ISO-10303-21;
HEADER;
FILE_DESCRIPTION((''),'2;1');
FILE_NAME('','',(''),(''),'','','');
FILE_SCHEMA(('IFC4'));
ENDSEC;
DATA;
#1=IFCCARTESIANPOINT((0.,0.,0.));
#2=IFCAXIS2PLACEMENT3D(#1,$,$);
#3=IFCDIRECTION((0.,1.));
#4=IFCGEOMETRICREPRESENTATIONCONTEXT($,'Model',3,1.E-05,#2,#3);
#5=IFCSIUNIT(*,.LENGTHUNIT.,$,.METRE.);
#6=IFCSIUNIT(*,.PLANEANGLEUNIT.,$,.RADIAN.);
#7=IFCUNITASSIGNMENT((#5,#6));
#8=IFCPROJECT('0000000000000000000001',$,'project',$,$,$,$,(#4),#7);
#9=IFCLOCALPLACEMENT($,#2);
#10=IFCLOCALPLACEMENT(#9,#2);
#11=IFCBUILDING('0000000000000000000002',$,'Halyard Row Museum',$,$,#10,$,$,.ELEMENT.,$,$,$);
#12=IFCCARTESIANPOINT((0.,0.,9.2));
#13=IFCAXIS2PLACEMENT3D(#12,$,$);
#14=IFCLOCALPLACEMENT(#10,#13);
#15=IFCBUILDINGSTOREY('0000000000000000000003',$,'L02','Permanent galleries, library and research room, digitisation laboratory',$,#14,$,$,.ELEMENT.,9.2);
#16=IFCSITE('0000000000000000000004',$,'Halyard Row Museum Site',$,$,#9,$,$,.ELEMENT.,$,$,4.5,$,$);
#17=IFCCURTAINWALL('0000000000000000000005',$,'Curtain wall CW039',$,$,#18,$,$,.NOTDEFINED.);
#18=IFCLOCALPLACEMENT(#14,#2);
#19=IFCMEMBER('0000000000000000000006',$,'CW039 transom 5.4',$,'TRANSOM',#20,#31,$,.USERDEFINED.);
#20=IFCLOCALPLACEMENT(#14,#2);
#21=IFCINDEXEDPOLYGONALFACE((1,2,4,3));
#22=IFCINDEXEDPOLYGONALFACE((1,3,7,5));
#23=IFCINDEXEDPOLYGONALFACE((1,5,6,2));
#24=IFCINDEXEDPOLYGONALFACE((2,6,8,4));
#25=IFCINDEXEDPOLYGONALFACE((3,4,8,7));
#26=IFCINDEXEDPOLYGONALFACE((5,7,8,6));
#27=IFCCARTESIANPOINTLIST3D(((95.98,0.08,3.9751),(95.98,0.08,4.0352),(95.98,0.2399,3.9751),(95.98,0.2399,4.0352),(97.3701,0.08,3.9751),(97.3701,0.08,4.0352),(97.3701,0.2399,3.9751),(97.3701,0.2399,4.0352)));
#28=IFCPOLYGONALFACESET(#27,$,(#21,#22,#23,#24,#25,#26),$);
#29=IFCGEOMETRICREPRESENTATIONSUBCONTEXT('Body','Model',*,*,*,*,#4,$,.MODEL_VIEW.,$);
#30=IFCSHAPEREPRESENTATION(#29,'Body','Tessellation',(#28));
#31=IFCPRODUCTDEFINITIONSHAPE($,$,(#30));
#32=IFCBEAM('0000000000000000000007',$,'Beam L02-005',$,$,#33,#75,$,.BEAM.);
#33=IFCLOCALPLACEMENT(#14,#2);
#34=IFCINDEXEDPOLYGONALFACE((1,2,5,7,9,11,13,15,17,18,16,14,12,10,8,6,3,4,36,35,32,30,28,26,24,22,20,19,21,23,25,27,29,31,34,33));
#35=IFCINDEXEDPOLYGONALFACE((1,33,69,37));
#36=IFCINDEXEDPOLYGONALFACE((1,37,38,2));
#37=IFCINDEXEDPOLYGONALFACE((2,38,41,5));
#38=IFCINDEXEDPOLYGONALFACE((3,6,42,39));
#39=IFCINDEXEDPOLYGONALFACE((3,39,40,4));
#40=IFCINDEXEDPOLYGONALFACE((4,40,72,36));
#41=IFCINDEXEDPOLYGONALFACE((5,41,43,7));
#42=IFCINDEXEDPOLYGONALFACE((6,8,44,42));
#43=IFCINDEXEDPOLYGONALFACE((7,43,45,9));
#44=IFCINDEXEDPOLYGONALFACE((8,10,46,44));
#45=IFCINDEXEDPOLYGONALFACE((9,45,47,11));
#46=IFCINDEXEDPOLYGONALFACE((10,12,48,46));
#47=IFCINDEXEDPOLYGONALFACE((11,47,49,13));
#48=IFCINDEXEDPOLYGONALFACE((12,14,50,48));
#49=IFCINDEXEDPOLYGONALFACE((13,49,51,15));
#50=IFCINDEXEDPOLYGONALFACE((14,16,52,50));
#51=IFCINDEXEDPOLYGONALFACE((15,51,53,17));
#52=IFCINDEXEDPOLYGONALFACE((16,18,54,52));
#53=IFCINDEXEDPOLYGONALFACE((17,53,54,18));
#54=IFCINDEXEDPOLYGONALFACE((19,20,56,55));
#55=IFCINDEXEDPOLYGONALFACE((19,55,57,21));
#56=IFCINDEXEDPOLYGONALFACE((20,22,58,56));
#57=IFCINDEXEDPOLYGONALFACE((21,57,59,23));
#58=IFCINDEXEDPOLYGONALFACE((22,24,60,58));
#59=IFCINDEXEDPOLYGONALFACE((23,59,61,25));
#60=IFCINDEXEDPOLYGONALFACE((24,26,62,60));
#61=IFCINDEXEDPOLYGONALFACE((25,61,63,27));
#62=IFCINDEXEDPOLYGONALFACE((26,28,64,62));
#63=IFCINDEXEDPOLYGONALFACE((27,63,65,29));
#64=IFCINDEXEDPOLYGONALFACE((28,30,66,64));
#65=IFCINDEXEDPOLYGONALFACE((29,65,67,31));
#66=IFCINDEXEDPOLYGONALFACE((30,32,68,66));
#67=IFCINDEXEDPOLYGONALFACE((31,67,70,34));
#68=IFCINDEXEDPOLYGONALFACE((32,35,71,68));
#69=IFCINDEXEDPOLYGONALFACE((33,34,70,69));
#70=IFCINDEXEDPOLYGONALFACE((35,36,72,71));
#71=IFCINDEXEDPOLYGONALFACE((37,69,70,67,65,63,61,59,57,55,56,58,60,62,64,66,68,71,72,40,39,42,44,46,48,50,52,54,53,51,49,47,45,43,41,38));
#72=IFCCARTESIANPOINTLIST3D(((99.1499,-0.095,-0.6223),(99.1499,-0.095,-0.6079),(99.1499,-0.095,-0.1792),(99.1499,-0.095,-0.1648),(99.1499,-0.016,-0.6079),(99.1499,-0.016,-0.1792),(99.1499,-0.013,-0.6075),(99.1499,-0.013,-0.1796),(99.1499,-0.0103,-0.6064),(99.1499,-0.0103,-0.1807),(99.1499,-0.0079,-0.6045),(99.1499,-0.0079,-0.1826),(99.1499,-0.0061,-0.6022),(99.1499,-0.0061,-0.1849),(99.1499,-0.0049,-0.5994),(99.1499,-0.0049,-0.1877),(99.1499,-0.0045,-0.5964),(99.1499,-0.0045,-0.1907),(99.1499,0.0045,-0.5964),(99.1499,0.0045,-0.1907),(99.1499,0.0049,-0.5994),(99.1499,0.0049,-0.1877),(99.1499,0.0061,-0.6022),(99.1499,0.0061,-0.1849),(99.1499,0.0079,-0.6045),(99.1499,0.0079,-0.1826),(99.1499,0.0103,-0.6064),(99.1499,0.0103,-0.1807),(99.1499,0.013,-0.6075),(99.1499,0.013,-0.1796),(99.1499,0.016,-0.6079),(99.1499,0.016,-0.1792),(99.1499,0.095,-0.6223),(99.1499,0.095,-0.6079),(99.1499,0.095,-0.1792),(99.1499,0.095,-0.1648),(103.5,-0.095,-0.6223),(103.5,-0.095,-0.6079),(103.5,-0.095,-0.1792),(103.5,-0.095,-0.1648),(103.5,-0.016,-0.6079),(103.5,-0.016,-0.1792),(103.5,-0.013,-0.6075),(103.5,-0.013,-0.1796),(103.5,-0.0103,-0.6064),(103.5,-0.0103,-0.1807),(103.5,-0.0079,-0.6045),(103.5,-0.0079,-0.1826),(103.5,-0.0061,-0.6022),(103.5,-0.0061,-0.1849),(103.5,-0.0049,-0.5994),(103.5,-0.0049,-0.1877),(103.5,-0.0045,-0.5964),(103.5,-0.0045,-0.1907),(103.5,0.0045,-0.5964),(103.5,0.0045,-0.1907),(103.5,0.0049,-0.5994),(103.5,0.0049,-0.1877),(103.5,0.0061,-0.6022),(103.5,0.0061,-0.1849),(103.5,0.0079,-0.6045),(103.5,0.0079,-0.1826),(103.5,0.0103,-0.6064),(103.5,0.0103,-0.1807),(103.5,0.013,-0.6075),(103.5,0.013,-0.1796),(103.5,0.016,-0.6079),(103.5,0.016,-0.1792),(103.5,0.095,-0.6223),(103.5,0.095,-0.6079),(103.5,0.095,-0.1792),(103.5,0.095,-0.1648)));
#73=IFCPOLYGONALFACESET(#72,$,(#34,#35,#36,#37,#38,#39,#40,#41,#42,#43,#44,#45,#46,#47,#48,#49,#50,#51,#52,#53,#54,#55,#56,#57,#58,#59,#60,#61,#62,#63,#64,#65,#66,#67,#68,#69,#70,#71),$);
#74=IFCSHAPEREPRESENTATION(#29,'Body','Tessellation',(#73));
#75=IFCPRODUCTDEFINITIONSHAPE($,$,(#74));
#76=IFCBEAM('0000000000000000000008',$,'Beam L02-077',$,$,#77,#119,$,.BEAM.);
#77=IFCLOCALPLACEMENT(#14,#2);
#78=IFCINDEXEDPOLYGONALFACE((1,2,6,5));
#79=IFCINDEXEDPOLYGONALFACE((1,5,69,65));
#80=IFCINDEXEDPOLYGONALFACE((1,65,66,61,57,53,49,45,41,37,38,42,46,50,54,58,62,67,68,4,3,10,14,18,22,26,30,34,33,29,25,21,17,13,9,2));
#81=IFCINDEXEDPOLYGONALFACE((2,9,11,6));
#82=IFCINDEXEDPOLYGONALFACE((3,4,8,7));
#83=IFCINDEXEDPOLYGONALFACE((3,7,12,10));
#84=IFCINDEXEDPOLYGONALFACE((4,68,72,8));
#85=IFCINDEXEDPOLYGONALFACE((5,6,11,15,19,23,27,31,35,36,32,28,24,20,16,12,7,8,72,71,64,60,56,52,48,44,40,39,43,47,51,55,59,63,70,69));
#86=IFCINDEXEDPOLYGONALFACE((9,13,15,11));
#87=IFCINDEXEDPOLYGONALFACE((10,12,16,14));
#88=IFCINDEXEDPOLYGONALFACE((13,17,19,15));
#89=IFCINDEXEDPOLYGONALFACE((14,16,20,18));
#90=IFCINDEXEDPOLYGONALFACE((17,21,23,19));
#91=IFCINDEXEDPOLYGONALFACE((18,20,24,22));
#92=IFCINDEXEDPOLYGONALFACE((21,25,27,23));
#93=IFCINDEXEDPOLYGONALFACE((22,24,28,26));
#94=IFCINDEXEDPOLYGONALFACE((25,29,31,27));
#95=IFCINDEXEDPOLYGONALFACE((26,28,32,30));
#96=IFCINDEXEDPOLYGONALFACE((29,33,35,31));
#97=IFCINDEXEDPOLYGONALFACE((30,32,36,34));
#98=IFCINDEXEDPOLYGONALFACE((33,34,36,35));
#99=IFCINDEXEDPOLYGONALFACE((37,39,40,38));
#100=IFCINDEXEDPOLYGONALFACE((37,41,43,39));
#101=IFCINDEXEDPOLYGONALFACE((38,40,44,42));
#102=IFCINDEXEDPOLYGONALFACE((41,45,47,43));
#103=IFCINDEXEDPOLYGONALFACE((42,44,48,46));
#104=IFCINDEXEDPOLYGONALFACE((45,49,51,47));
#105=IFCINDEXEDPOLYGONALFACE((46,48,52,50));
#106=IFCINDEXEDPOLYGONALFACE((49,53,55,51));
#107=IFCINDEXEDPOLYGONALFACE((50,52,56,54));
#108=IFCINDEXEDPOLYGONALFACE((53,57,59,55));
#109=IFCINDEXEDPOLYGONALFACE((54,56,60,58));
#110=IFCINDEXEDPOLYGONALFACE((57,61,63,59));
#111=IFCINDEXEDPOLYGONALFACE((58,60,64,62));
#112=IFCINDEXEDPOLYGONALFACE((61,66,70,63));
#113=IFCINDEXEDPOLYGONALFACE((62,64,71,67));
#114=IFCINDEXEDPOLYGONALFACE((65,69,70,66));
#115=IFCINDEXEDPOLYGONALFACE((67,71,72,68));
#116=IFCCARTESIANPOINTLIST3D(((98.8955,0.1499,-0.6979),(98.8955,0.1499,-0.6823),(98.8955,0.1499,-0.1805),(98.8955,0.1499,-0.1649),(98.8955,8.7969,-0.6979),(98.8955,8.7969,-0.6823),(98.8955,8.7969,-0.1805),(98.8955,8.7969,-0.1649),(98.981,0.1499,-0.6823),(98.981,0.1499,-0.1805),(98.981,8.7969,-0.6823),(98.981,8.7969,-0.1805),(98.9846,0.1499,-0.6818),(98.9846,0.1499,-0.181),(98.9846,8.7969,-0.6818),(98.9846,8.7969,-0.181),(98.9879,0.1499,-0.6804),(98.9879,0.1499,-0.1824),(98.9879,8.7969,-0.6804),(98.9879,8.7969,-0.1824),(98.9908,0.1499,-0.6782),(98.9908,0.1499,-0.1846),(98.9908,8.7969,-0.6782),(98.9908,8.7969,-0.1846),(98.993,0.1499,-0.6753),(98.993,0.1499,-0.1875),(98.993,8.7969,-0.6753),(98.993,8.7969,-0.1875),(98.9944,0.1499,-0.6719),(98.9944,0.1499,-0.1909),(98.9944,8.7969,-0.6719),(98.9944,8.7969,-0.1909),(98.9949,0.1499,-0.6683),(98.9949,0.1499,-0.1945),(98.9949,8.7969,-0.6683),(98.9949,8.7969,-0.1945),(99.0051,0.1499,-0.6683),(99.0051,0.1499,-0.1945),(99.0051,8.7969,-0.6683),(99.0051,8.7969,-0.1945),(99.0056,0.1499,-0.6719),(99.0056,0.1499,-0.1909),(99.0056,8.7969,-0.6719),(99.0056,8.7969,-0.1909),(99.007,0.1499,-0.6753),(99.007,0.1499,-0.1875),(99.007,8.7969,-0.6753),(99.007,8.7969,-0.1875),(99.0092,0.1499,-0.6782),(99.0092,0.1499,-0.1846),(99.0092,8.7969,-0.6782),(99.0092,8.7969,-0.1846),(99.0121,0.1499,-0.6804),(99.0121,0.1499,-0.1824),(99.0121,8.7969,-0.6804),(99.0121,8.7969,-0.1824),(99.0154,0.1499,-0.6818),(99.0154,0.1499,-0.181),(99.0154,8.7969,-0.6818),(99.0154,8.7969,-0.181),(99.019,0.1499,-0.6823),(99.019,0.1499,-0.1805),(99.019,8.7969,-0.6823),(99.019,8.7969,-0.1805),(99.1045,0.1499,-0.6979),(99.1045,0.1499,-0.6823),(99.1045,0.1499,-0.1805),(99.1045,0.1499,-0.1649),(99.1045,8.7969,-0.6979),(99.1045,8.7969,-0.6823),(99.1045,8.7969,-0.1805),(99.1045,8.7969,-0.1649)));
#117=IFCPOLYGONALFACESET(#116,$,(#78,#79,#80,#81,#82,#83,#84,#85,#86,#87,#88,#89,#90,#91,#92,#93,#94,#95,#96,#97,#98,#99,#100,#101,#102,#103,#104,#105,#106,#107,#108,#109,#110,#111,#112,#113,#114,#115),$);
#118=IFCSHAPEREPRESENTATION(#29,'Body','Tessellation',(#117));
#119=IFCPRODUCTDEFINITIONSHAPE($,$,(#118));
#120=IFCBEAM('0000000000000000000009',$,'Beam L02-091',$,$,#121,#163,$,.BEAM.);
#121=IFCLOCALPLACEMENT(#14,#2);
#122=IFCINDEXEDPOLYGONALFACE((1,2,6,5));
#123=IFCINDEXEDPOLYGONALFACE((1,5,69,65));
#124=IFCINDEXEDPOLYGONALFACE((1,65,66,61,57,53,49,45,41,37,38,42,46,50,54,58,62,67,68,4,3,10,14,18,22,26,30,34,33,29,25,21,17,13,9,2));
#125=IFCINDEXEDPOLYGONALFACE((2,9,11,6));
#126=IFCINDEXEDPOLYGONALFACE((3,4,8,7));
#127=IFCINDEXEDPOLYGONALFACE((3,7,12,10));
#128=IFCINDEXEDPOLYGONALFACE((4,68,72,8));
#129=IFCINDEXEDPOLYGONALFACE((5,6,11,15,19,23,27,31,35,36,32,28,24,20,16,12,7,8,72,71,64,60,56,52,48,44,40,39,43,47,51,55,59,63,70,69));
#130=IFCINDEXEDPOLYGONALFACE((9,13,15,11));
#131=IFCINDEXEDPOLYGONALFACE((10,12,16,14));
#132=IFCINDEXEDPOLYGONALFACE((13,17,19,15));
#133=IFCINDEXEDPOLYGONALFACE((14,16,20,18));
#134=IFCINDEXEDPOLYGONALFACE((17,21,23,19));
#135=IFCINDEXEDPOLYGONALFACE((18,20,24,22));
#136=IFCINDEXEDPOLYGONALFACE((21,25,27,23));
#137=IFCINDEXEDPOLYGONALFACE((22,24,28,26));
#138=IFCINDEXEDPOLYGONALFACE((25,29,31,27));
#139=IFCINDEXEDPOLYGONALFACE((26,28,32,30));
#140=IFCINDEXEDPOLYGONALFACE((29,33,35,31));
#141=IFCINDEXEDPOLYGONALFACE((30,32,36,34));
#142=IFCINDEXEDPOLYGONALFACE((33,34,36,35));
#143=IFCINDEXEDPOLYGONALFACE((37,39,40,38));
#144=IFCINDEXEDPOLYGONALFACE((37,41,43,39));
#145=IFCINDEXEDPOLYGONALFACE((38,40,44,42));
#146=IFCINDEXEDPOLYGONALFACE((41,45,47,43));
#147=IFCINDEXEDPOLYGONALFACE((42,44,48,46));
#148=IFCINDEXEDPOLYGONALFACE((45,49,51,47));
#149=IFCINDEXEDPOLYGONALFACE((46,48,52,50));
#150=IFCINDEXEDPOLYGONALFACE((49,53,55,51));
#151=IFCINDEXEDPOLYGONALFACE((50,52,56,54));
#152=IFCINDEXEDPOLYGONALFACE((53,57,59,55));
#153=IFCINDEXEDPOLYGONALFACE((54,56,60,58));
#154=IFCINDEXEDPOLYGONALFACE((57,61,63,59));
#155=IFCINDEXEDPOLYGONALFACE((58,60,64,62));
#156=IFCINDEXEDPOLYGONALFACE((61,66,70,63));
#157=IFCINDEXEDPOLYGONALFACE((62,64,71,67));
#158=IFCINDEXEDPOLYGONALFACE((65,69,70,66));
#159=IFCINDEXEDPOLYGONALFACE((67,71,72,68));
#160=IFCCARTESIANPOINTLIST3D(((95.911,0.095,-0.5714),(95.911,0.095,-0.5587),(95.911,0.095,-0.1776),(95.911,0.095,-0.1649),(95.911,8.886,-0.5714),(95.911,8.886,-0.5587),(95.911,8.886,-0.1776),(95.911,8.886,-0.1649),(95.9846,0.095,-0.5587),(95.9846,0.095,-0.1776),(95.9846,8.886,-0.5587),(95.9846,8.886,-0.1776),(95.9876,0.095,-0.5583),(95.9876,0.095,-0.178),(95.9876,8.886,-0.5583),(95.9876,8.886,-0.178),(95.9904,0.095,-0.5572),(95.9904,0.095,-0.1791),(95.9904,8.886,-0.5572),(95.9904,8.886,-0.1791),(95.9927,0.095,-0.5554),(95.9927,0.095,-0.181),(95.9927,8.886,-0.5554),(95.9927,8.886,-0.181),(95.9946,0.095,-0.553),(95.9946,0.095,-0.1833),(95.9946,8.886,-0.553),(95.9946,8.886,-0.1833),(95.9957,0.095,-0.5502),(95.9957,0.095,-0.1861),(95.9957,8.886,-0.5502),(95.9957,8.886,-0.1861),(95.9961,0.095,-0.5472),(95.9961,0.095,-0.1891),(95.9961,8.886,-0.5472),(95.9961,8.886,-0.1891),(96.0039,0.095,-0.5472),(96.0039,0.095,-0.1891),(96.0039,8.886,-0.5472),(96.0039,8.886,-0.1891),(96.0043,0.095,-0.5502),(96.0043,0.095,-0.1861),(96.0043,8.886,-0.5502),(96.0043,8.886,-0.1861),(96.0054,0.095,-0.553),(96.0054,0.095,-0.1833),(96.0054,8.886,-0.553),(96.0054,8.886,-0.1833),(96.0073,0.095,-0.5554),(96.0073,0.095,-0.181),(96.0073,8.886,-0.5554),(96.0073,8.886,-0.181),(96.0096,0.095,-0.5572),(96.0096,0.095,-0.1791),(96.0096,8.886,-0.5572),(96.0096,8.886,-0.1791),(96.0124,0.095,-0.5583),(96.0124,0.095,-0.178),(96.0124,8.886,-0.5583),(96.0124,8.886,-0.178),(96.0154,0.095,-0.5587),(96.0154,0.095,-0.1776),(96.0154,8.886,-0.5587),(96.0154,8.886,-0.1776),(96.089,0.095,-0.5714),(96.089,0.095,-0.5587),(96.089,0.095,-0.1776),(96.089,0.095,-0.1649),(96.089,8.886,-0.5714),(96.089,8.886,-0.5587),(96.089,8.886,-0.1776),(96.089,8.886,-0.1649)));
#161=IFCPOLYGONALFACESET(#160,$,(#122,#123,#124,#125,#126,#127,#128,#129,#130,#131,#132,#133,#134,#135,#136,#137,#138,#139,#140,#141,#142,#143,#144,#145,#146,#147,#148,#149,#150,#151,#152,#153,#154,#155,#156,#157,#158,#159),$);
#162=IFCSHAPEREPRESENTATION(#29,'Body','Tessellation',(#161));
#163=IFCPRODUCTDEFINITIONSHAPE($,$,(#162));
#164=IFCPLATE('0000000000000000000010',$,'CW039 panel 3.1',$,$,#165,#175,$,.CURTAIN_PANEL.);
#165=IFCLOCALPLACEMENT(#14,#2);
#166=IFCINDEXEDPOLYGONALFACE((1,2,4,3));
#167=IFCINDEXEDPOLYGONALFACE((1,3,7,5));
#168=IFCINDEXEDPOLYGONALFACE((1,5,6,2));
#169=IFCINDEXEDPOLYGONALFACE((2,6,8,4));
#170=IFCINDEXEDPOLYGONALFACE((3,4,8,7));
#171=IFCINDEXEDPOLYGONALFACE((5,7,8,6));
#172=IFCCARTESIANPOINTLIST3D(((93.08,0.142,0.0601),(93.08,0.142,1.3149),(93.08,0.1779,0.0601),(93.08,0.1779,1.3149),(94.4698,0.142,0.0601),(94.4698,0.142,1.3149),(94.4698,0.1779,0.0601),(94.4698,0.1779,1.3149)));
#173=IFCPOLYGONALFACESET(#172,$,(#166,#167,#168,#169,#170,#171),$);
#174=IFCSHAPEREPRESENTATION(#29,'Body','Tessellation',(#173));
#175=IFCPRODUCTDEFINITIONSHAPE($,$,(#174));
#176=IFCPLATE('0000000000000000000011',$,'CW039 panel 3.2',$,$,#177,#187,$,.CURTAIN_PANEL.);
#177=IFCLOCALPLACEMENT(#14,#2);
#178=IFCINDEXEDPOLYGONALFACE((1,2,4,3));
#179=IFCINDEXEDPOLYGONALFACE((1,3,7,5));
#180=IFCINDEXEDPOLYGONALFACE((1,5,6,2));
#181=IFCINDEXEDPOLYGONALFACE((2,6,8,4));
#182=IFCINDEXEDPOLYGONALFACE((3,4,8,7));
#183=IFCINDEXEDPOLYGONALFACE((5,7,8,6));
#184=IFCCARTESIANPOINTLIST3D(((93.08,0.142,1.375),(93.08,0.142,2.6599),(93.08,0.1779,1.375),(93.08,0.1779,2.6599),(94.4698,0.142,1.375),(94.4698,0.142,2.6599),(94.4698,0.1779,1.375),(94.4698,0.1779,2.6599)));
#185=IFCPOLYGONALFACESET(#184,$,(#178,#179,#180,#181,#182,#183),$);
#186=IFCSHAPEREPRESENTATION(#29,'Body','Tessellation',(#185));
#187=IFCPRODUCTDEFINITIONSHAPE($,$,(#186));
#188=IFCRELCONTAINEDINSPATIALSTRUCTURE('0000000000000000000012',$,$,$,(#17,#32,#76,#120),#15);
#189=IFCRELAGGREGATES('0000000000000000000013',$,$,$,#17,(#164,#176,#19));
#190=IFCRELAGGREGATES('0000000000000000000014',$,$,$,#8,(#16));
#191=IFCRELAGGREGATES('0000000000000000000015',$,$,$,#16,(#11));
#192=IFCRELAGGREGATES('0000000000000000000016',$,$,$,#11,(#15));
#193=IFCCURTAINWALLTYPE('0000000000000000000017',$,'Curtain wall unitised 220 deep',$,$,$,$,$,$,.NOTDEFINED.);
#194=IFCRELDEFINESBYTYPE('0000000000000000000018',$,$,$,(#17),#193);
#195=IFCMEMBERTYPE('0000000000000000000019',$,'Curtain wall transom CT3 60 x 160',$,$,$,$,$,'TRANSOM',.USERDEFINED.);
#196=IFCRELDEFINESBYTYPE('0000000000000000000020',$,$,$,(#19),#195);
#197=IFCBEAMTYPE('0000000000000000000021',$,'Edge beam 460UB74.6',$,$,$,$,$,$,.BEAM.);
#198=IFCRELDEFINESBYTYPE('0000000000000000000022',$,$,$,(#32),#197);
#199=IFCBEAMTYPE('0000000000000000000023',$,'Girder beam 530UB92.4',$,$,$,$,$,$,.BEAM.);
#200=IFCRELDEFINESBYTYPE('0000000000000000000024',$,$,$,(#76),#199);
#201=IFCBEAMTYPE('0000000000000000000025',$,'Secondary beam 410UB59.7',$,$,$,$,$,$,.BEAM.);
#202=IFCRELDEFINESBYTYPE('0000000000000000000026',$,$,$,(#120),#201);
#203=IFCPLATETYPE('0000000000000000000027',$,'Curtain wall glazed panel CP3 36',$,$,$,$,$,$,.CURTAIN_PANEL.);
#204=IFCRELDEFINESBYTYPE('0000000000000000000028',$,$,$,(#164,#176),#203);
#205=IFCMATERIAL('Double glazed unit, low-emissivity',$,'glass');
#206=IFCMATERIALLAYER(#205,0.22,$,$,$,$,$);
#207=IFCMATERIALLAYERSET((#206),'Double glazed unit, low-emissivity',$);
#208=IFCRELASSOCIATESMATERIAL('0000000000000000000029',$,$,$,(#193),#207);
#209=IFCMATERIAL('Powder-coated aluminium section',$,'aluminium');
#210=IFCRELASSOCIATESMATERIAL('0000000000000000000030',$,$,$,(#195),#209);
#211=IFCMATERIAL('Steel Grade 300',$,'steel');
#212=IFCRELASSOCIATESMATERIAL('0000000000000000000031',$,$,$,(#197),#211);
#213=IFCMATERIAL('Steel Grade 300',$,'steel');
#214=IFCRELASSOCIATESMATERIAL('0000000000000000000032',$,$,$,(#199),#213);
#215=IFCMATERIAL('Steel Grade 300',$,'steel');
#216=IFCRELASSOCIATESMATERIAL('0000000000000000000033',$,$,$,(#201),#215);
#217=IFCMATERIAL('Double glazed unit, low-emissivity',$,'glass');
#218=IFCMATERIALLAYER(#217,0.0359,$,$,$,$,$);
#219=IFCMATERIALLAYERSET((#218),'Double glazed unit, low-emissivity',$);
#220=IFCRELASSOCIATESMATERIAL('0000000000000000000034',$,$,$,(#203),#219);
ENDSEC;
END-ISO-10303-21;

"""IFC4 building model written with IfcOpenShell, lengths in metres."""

from ifc_helpers import new_model, si_unit, direction, frame, origin, origin_2d, place, context, subcontext, project, spatial, rectangle, i_section, extrude, material, layer, layer_set, material_profile, profile_set, type_object, element, aggregate, save


model = new_model("IFC4")

# Units and contexts
model_context = context("Model", 3, precision=1e-05, world=origin(), true_north=direction((0.0, 1.0)))
body_context = subcontext(model_context, "Body", "Model", "MODEL_VIEW")
ifc_project = project(units=[si_unit("LENGTHUNIT", "METRE"), si_unit("PLANEANGLEUNIT", "RADIAN")], contexts=[model_context])

# Site, building, storey
site_placement = place(None, origin())
site = spatial("IfcSite", under=ifc_project, at=site_placement, Name="Halyard Row Museum Site", CompositionType="ELEMENT", RefElevation=4.5)
building_placement = place(site_placement, origin())
building = spatial("IfcBuilding", under=site, at=building_placement, Name="Halyard Row Museum", CompositionType="ELEMENT")
storey_placement = place(building_placement, frame((0.0, 0.0, 9.2)))
storey = spatial("IfcBuildingStorey", under=building, at=storey_placement, Name="L02", Description="Permanent galleries, library and research room, digitisation laboratory", CompositionType="ELEMENT", Elevation=9.2)

# Curtain wall, member
ifc_material_1 = material(Name="Double glazed unit, low-emissivity", Category="glass")
ifc_layer_1 = layer(ifc_material_1, 0.22)
ifc_layer_set_1 = layer_set([ifc_layer_1], Name="Double glazed unit, low-emissivity")
curtain_wall_type = type_object("IfcCurtainWallType", Name="Curtain wall unitised 220 deep", PredefinedType="NOTDEFINED", material=ifc_layer_set_1)
curtain_wall_placement = place(storey_placement, origin())
curtain_wall = element("IfcCurtainWall", 1, at=curtain_wall_placement, inside=storey, type_object=curtain_wall_type, Name="Curtain wall CW039", PredefinedType="NOTDEFINED")
ifc_material_2 = material(Name="Powder-coated aluminium section", Category="aluminium")
ifc_material_profile_1 = material_profile(ifc_material_2, rectangle(XDim=0.1599, YDim=0.0601, at=origin_2d()), Name="160x60 transom")
ifc_profile_set_1 = profile_set([ifc_material_profile_1], Name="Powder-coated aluminium section")
member_type_1 = type_object("IfcMemberType", Name="Curtain wall transom CT3 60 x 160", ElementType="TRANSOM", PredefinedType="USERDEFINED", material=ifc_profile_set_1)
member_1_placement = place(storey_placement, frame((95.98, 0.1599, 4.0051), z_axis=(1.0, 0.0, 0.0), x_axis=(0.0, 1.0, 0.0)))
member_1 = element("IfcMember", 2, at=member_1_placement, type_object=member_type_1, Name="CW039 transom 5.4", ObjectType="TRANSOM", PredefinedType="USERDEFINED", context=body_context, shape_type="SweptSolid", body=[
    extrude(rectangle(XDim=0.1599, YDim=0.0601, at=origin_2d()), origin(), (0.0, 0.0, 1.0), 1.3901),
])

# Beams
ifc_material_3 = material(Name="Steel Grade 300", Category="steel")
ifc_material_profile_2 = material_profile(ifc_material_3, i_section(OverallWidth=0.1899, OverallDepth=0.4575, WebThickness=0.009, FlangeThickness=0.0144, FilletRadius=0.0115, at=origin_2d()), Name="460UB74.6")
ifc_profile_set_2 = profile_set([ifc_material_profile_2], Name="Steel Grade 300")
beam_type_1 = type_object("IfcBeamType", Name="Edge beam 460UB74.6", PredefinedType="BEAM", material=ifc_profile_set_2)
beam_1_placement = place(storey_placement, frame((99.1499, 0.0, -0.3936), z_axis=(1.0, 0.0, 0.0), x_axis=(0.0, 1.0, 0.0)))
element("IfcBeam", 3, at=beam_1_placement, inside=storey, type_object=beam_type_1, Name="Beam L02-005", PredefinedType="BEAM", context=body_context, shape_type="SweptSolid", body=[
    extrude(i_section(OverallWidth=0.1899, OverallDepth=0.4575, WebThickness=0.009, FlangeThickness=0.0144, FilletRadius=0.0115, at=origin_2d()), origin(), (0.0, 0.0, 1.0), 4.3501),
])
ifc_material_4 = material(Name="Steel Grade 300", Category="steel")
ifc_material_profile_3 = material_profile(ifc_material_4, i_section(OverallWidth=0.209, OverallDepth=0.533, WebThickness=0.0103, FlangeThickness=0.0156, FilletRadius=0.0139, at=origin_2d()), Name="530UB92.4")
ifc_profile_set_3 = profile_set([ifc_material_profile_3], Name="Steel Grade 300")
beam_type_2 = type_object("IfcBeamType", Name="Girder beam 530UB92.4", PredefinedType="BEAM", material=ifc_profile_set_3)
beam_2_placement = place(storey_placement, frame((99.0, 0.1499, -0.4314), z_axis=(0.0, 1.0, 0.0), x_axis=(-1.0, 0.0, 0.0)))
element("IfcBeam", 4, at=beam_2_placement, inside=storey, type_object=beam_type_2, Name="Beam L02-077", PredefinedType="BEAM", context=body_context, shape_type="SweptSolid", body=[
    extrude(i_section(OverallWidth=0.209, OverallDepth=0.533, WebThickness=0.0103, FlangeThickness=0.0156, FilletRadius=0.0139, at=origin_2d()), origin(), (0.0, 0.0, 1.0), 8.647),
])
ifc_material_5 = material(Name="Steel Grade 300", Category="steel")
ifc_material_profile_4 = material_profile(ifc_material_5, i_section(OverallWidth=0.178, OverallDepth=0.4065, WebThickness=0.0078, FlangeThickness=0.0127, FilletRadius=0.0115, at=origin_2d()), Name="410UB59.7")
ifc_profile_set_4 = profile_set([ifc_material_profile_4], Name="Steel Grade 300")
beam_type_3 = type_object("IfcBeamType", Name="Secondary beam 410UB59.7", PredefinedType="BEAM", material=ifc_profile_set_4)
beam_3_placement = place(storey_placement, frame((96.0, 0.095, -0.3682), z_axis=(0.0, 1.0, 0.0), x_axis=(-1.0, 0.0, 0.0)))
element("IfcBeam", 5, at=beam_3_placement, inside=storey, type_object=beam_type_3, Name="Beam L02-091", PredefinedType="BEAM", context=body_context, shape_type="SweptSolid", body=[
    extrude(i_section(OverallWidth=0.178, OverallDepth=0.4065, WebThickness=0.0078, FlangeThickness=0.0127, FilletRadius=0.0115, at=origin_2d()), origin(), (0.0, 0.0, 1.0), 8.791),
])

# Plates
ifc_material_6 = material(Name="Double glazed unit, low-emissivity", Category="glass")
ifc_layer_2 = layer(ifc_material_6, 0.0359)
ifc_layer_set_2 = layer_set([ifc_layer_2], Name="Double glazed unit, low-emissivity")
plate_type = type_object("IfcPlateType", Name="Curtain wall glazed panel CP3 36", PredefinedType="CURTAIN_PANEL", material=ifc_layer_set_2)
plate_1_placement = place(storey_placement, frame((93.7749, 0.1599, 0.0601), z_axis=(0.0, 0.0, 1.0), x_axis=(1.0, 0.0, 0.0)))
plate_1 = element("IfcPlate", 6, at=plate_1_placement, type_object=plate_type, Name="CW039 panel 3.1", PredefinedType="CURTAIN_PANEL", context=body_context, shape_type="SweptSolid", body=[
    extrude(rectangle(XDim=1.3899, YDim=0.0359, at=origin_2d()), origin(), (0.0, 0.0, 1.0), 1.2549),
])
plate_2_placement = place(storey_placement, frame((93.7749, 0.1599, 1.375), z_axis=(0.0, 0.0, 1.0), x_axis=(1.0, 0.0, 0.0)))
plate_2 = element("IfcPlate", 7, at=plate_2_placement, type_object=plate_type, Name="CW039 panel 3.2", PredefinedType="CURTAIN_PANEL", context=body_context, shape_type="SweptSolid", body=[
    extrude(rectangle(XDim=1.3899, YDim=0.0359, at=origin_2d()), origin(), (0.0, 0.0, 1.0), 1.2849),
])
aggregate(curtain_wall, [plate_1, plate_2, member_1])

save(model, "model.ifc")
